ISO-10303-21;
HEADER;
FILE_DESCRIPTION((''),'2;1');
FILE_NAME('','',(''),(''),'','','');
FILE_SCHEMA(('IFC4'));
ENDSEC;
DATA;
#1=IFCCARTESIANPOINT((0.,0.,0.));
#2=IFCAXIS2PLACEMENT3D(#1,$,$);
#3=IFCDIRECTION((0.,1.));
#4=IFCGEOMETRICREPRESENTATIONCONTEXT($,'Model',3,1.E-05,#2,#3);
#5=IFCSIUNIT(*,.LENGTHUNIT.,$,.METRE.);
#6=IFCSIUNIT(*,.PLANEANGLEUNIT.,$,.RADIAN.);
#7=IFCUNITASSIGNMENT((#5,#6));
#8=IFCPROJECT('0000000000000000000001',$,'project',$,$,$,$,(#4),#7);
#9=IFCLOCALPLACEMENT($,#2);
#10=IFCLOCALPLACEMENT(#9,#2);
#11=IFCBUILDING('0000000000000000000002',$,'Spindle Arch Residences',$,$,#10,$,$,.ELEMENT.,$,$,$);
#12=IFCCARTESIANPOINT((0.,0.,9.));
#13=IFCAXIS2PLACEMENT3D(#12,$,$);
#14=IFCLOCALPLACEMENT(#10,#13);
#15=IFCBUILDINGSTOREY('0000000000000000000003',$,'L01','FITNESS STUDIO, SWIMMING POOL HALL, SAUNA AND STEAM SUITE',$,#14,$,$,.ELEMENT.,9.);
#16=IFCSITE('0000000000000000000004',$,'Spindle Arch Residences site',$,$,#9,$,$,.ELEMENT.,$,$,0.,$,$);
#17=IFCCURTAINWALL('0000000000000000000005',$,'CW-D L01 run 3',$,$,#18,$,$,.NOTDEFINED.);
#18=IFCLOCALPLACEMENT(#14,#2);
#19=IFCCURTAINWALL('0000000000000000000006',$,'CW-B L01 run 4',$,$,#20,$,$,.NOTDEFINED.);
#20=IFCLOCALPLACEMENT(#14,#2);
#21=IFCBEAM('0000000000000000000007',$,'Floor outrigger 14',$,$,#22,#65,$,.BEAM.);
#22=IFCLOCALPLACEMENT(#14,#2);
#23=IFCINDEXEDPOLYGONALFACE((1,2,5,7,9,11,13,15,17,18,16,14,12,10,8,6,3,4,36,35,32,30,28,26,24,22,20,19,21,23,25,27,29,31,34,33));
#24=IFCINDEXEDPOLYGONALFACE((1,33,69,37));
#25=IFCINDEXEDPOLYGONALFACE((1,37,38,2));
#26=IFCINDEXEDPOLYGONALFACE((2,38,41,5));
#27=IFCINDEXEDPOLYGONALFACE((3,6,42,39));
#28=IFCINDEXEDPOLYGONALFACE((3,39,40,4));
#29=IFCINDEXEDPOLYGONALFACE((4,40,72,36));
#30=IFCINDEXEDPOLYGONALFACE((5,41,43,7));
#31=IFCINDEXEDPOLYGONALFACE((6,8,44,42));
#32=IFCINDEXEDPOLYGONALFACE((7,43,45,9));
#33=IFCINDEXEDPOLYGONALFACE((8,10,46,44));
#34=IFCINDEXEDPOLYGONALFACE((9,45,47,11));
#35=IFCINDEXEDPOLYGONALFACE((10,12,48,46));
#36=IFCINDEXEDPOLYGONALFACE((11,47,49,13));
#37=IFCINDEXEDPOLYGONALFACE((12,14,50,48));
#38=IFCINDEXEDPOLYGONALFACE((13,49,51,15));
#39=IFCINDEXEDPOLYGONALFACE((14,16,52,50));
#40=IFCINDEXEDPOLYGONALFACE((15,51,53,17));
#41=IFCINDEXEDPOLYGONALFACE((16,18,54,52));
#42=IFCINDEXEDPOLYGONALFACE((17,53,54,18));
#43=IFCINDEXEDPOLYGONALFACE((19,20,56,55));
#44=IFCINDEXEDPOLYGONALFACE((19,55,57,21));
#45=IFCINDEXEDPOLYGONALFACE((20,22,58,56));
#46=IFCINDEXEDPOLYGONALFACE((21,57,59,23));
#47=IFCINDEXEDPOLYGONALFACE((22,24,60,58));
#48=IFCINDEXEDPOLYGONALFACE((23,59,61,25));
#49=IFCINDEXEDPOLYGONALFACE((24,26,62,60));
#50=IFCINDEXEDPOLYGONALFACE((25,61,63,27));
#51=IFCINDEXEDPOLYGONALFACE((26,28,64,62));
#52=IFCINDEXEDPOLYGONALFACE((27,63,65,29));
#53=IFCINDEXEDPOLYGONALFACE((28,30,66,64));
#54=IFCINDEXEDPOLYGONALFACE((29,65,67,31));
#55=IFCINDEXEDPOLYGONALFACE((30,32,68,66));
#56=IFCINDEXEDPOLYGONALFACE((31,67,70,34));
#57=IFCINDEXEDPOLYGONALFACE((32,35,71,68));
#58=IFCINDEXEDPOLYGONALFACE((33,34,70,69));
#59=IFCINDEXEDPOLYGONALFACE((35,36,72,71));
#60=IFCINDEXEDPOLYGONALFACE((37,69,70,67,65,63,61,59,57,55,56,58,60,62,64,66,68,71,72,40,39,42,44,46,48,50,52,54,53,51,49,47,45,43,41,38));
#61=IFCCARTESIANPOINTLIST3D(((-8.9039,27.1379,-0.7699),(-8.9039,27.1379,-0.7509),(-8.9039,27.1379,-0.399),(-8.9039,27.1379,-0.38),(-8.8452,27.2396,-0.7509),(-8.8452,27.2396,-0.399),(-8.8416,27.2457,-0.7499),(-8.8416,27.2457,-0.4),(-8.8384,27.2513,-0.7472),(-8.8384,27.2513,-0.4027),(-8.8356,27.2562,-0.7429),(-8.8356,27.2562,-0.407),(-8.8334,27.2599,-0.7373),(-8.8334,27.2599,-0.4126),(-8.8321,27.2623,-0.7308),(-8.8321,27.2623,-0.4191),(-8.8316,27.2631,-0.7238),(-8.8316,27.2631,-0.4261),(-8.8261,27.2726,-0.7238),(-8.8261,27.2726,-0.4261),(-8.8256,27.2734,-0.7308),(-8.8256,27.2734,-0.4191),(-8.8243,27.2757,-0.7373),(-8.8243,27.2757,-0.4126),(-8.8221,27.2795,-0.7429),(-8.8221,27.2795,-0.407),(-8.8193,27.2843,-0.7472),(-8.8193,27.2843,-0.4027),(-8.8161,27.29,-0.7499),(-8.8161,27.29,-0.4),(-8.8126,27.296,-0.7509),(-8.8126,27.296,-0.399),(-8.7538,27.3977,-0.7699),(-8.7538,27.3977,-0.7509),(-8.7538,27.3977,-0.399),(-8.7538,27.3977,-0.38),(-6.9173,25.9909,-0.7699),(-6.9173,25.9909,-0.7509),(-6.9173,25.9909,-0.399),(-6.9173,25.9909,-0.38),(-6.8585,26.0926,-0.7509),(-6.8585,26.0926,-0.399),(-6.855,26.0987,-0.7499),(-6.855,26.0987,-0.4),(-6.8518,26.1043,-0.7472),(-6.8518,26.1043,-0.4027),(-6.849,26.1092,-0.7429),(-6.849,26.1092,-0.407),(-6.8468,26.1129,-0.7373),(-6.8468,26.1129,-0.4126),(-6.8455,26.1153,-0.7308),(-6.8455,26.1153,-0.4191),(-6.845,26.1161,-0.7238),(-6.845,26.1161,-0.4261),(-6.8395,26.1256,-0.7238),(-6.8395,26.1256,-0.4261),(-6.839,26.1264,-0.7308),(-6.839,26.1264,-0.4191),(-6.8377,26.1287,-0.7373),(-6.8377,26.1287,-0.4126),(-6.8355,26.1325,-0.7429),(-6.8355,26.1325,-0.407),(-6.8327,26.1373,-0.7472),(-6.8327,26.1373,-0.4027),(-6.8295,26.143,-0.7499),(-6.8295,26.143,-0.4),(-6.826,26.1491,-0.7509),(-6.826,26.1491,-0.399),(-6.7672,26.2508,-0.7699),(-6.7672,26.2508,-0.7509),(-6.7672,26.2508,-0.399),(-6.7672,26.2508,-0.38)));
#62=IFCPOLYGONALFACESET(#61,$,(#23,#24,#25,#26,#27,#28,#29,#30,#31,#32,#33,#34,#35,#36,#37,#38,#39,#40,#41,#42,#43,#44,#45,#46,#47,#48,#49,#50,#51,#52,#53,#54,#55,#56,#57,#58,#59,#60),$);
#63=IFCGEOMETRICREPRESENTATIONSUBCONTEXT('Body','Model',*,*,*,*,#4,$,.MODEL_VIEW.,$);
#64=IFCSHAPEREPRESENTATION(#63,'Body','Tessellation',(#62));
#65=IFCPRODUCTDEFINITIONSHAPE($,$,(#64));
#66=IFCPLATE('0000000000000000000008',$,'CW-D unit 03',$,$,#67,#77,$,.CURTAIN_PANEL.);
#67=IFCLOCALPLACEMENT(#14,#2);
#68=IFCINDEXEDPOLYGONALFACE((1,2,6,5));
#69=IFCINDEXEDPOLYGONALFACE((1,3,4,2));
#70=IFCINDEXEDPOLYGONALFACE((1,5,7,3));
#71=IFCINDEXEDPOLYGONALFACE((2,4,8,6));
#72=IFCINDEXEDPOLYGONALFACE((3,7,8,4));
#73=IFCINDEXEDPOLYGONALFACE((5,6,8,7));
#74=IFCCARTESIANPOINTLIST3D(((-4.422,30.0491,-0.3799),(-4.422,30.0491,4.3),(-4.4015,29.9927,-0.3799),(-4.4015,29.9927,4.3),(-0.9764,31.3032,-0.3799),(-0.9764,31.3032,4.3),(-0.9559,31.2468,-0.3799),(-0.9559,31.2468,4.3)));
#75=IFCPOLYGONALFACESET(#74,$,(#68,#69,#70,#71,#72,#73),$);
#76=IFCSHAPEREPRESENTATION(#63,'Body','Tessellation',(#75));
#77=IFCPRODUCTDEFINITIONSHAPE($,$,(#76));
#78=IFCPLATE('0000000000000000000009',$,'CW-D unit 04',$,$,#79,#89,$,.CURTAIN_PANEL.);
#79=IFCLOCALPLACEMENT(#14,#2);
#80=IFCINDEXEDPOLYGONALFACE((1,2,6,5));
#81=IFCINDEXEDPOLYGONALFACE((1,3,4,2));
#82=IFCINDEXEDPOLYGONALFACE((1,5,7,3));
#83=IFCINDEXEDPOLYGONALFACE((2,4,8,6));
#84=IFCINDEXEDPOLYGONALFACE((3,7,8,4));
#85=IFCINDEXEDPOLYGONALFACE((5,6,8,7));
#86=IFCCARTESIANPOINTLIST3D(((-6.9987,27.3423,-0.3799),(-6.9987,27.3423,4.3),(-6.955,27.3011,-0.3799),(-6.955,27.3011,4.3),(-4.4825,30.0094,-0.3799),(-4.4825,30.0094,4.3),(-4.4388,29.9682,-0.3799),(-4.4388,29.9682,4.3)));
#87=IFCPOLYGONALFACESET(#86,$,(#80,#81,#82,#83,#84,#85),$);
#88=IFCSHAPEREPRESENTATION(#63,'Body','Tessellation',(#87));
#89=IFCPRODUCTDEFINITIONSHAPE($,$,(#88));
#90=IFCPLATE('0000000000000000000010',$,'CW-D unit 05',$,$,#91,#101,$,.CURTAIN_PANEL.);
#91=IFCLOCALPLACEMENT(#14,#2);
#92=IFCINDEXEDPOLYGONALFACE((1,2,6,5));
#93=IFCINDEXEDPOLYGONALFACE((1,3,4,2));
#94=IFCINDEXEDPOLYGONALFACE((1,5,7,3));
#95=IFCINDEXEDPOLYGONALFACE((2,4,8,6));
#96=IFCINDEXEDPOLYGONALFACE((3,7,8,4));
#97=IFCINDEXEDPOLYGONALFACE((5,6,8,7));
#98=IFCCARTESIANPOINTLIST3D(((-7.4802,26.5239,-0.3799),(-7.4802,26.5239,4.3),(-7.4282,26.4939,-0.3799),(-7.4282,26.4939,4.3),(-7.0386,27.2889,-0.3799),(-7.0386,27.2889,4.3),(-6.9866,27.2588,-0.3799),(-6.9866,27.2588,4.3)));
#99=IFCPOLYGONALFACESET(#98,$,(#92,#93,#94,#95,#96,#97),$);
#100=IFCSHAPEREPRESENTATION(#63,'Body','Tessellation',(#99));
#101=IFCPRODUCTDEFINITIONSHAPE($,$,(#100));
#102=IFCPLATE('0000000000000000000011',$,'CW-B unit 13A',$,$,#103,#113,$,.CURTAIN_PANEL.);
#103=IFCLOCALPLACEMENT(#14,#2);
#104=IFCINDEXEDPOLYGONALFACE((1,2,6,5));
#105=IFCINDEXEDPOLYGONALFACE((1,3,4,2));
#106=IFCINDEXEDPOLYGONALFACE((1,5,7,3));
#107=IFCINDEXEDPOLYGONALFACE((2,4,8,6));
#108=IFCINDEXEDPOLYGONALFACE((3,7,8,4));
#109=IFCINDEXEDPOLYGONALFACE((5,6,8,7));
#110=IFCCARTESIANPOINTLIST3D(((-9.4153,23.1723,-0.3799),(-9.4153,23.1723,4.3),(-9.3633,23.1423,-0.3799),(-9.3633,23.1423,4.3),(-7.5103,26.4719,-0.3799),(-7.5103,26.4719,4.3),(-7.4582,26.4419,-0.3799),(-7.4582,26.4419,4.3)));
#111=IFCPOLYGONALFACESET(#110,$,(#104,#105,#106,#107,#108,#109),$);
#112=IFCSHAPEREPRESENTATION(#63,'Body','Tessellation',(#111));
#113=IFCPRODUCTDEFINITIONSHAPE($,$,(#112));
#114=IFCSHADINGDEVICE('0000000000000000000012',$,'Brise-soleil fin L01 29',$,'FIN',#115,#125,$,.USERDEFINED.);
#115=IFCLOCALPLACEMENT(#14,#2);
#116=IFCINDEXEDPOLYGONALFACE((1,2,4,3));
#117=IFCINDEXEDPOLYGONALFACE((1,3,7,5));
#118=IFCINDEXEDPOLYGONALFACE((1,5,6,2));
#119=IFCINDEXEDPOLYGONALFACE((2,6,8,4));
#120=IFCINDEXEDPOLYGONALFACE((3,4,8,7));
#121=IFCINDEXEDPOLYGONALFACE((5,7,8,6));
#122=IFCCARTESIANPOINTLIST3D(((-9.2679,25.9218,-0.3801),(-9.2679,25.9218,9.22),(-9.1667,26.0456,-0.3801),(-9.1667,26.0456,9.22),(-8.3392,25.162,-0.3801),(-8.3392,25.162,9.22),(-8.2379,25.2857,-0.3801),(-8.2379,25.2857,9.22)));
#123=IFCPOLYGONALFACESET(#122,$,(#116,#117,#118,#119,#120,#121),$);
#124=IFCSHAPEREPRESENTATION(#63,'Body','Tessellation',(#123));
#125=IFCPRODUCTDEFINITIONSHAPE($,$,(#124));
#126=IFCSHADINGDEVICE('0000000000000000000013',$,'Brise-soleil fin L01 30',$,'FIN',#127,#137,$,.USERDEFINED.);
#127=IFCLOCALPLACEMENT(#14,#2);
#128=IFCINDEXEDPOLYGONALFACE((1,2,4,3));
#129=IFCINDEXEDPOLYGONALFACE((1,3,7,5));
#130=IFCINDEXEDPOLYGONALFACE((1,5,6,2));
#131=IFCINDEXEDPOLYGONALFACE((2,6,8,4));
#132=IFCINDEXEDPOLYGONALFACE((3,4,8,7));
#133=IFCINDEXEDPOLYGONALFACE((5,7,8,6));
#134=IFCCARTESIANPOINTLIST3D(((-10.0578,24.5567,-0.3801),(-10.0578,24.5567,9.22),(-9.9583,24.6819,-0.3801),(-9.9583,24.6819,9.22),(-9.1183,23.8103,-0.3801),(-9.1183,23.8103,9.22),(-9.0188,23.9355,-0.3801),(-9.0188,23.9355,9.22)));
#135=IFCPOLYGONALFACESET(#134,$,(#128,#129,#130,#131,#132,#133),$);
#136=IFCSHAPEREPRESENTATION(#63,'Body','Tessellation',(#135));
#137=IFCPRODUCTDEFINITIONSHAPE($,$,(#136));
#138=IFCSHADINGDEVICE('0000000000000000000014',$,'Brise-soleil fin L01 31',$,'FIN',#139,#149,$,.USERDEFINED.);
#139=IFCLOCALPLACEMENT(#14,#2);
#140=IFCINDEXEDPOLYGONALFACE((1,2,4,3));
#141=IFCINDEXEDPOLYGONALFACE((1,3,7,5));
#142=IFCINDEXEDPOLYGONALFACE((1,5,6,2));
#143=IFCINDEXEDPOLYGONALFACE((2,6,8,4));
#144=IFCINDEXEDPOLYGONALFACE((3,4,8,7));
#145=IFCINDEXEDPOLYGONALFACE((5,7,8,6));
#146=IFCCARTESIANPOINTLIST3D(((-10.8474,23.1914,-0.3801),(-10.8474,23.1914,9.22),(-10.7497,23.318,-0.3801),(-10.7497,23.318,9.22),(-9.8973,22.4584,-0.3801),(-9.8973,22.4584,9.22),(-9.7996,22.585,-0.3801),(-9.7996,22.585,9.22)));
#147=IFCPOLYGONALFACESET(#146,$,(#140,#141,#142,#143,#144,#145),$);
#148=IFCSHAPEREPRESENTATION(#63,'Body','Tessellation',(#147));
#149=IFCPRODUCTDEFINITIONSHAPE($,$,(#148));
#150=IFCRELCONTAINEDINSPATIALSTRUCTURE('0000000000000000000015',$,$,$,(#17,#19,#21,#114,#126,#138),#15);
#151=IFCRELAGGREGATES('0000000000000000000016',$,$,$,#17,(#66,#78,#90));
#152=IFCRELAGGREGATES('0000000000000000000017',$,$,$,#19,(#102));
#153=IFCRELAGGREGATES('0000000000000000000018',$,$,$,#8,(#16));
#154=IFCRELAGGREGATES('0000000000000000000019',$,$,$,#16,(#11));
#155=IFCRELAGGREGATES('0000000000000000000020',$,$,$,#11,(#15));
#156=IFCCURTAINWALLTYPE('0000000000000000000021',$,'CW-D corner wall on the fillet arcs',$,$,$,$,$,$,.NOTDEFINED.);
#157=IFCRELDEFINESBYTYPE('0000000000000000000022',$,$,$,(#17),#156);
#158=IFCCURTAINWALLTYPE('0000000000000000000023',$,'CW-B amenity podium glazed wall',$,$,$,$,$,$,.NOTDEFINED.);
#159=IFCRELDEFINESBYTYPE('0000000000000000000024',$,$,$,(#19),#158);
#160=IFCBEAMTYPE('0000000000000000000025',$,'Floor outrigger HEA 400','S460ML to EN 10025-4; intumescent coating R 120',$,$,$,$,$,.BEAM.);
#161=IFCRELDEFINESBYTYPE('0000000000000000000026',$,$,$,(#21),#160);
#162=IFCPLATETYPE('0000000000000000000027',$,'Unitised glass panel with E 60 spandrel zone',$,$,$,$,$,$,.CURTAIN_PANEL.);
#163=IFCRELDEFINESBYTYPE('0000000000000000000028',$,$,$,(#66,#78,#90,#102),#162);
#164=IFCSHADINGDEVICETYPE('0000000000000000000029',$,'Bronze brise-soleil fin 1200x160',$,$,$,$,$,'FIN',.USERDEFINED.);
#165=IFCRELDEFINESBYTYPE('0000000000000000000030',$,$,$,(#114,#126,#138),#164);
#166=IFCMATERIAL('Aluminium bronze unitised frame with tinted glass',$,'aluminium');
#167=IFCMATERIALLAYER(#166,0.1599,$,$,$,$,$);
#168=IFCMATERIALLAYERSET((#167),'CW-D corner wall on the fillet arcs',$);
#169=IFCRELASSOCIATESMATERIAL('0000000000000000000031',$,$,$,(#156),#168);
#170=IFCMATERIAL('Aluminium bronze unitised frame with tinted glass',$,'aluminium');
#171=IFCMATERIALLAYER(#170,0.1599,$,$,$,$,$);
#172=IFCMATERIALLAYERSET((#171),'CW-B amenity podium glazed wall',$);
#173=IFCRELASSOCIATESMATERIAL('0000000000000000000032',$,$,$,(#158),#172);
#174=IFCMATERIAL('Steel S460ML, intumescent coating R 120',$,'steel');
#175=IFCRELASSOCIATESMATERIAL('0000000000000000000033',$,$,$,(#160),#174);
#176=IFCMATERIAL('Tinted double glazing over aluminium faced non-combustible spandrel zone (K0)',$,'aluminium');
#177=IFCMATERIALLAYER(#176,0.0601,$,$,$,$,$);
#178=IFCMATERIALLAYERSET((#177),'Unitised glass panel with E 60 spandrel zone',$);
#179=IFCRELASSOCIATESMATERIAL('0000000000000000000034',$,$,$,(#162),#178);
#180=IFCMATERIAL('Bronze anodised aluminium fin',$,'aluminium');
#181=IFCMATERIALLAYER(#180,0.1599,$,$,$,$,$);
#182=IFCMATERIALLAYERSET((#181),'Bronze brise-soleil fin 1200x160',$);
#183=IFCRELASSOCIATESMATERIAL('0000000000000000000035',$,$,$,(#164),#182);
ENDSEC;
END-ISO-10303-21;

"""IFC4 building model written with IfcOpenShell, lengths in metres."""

from ifc_helpers import new_model, si_unit, direction, frame, origin, origin_2d, place, context, subcontext, project, spatial, rectangle, i_section, extrude, material, layer, layer_set, material_profile, profile_set, type_object, element, aggregate, save


model = new_model("IFC4")

# Units and contexts
model_context = context("Model", 3, precision=1e-05, world=origin(), true_north=direction((0.0, 1.0)))
body_context = subcontext(model_context, "Body", "Model", "MODEL_VIEW")
ifc_project = project(units=[si_unit("LENGTHUNIT", "METRE"), si_unit("PLANEANGLEUNIT", "RADIAN")], contexts=[model_context])

# Site, building, storey
site_placement = place(None, origin())
site = spatial("IfcSite", under=ifc_project, at=site_placement, Name="Spindle Arch Residences site", CompositionType="ELEMENT", RefElevation=0.0)
building_placement = place(site_placement, origin())
building = spatial("IfcBuilding", under=site, at=building_placement, Name="Spindle Arch Residences", CompositionType="ELEMENT")
storey_placement = place(building_placement, frame((0.0, 0.0, 9.0)))
storey = spatial("IfcBuildingStorey", under=building, at=storey_placement, Name="L01", Description="FITNESS STUDIO, SWIMMING POOL HALL, SAUNA AND STEAM SUITE", CompositionType="ELEMENT", Elevation=9.0)

# Curtain wall
ifc_material_1 = material(Name="Aluminium bronze unitised frame with tinted glass", Category="aluminium")
ifc_layer_1 = layer(ifc_material_1, 0.1599)
ifc_layer_set_1 = layer_set([ifc_layer_1], Name="CW-D corner wall on the fillet arcs")
curtain_wall_type_1 = type_object("IfcCurtainWallType", Name="CW-D corner wall on the fillet arcs", PredefinedType="NOTDEFINED", material=ifc_layer_set_1)
curtain_wall_1_placement = place(storey_placement, origin())
curtain_wall_1 = element("IfcCurtainWall", 1, at=curtain_wall_1_placement, inside=storey, type_object=curtain_wall_type_1, Name="CW-D L01 run 3", PredefinedType="NOTDEFINED")

# Curtain wall
ifc_material_2 = material(Name="Aluminium bronze unitised frame with tinted glass", Category="aluminium")
ifc_layer_2 = layer(ifc_material_2, 0.1599)
ifc_layer_set_2 = layer_set([ifc_layer_2], Name="CW-B amenity podium glazed wall")
curtain_wall_type_2 = type_object("IfcCurtainWallType", Name="CW-B amenity podium glazed wall", PredefinedType="NOTDEFINED", material=ifc_layer_set_2)
curtain_wall_2_placement = place(storey_placement, origin())
curtain_wall_2 = element("IfcCurtainWall", 2, at=curtain_wall_2_placement, inside=storey, type_object=curtain_wall_type_2, Name="CW-B L01 run 4", PredefinedType="NOTDEFINED")

# Beam
ifc_material_3 = material(Name="Steel S460ML, intumescent coating R 120", Category="steel")
ifc_material_profile_1 = material_profile(ifc_material_3, i_section(OverallWidth=0.3, OverallDepth=0.3899, WebThickness=0.011, FlangeThickness=0.019, FilletRadius=0.0271, at=origin_2d()), Name="HEA 400")
ifc_profile_set_1 = profile_set([ifc_material_profile_1], Name="Steel S460ML, intumescent coating R 120")
beam_type_1 = type_object("IfcBeamType", Name="Floor outrigger HEA 400", Description="S460ML to EN 10025-4; intumescent coating R 120", PredefinedType="BEAM", material=ifc_profile_set_1)
beam_1_placement = place(storey_placement, frame((-8.8289, 27.2678, -0.575), z_axis=(0.866021, -0.500008, 0.0), x_axis=(0.500008, 0.866021, 0.0)))
element("IfcBeam", 3, at=beam_1_placement, inside=storey, type_object=beam_type_1, Name="Floor outrigger 14", PredefinedType="BEAM", context=body_context, shape_type="SweptSolid", body=[
    extrude(i_section(OverallWidth=0.3, OverallDepth=0.3899, WebThickness=0.011, FlangeThickness=0.019, FilletRadius=0.0271, at=origin_2d()), origin(), (0.0, 0.0, 1.0), 2.2939),
])

# Plates
ifc_material_4 = material(Name="Tinted double glazing over aluminium faced non-combustible spandrel zone (K0)", Category="aluminium")
ifc_layer_3 = layer(ifc_material_4, 0.0601)
ifc_layer_set_3 = layer_set([ifc_layer_3], Name="Unitised glass panel with E 60 spandrel zone")
plate_type = type_object("IfcPlateType", Name="Unitised glass panel with E 60 spandrel zone", PredefinedType="CURTAIN_PANEL", material=ifc_layer_set_3)
plate_1_placement = place(storey_placement, frame((-2.689, 30.6479, -0.3799), z_axis=(0.0, 0.0, 1.0), x_axis=(-0.939693, -0.34202, 0.0)))
plate_1 = element("IfcPlate", 4, at=plate_1_placement, type_object=plate_type, Name="CW-D unit 03", PredefinedType="CURTAIN_PANEL", context=body_context, shape_type="SweptSolid", body=[
    extrude(rectangle(XDim=3.6667, YDim=0.0601, at=origin_2d()), origin(), (0.0, 0.0, 1.0), 4.6799),
])
plate_2_placement = place(storey_placement, frame((-5.7188, 28.6553, -0.3799), z_axis=(0.0, 0.0, 1.0), x_axis=(-0.686242, -0.727374, 0.0)))
plate_2 = element("IfcPlate", 5, at=plate_2_placement, type_object=plate_type, Name="CW-D unit 04", PredefinedType="CURTAIN_PANEL", context=body_context, shape_type="SweptSolid", body=[
    extrude(rectangle(XDim=3.6667, YDim=0.0601, at=origin_2d()), origin(), (0.0, 0.0, 1.0), 4.6799),
])
plate_3_placement = place(storey_placement, frame((-7.2334, 26.8914, -0.3799), z_axis=(0.0, 0.0, 1.0), x_axis=(-0.5, -0.866025, 0.0)))
plate_3 = element("IfcPlate", 6, at=plate_3_placement, type_object=plate_type, Name="CW-D unit 05", PredefinedType="CURTAIN_PANEL", context=body_context, shape_type="SweptSolid", body=[
    extrude(rectangle(XDim=0.8833, YDim=0.0601, at=origin_2d()), origin(), (0.0, 0.0, 1.0), 4.6799),
])
aggregate(curtain_wall_1, [plate_1, plate_2, plate_3])
plate_4_placement = place(storey_placement, frame((-8.4368, 24.8071, -0.3799), z_axis=(0.0, 0.0, 1.0), x_axis=(-0.5, -0.866025, 0.0)))
plate_4 = element("IfcPlate", 7, at=plate_4_placement, type_object=plate_type, Name="CW-B unit 13A", PredefinedType="CURTAIN_PANEL", context=body_context, shape_type="SweptSolid", body=[
    extrude(rectangle(XDim=3.8101, YDim=0.0601, at=origin_2d()), origin(), (0.0, 0.0, 1.0), 4.6799),
])
aggregate(curtain_wall_2, [plate_4])

# Shading devices
ifc_material_5 = material(Name="Bronze anodised aluminium fin", Category="aluminium")
ifc_layer_4 = layer(ifc_material_5, 0.1599)
ifc_layer_set_4 = layer_set([ifc_layer_4], Name="Bronze brise-soleil fin 1200x160")
shading_device_type = type_object("IfcShadingDeviceType", Name="Bronze brise-soleil fin 1200x160", ElementType="FIN", PredefinedType="USERDEFINED", material=ifc_layer_set_4)
for number, where, z_axis, x_axis, name in (
    (8, (-8.7529, 25.6038, -0.3801), (0.0, 0.0, 1.0), (-0.773979, 0.633211, 0.0), "Brise-soleil fin L01 29"),
    (9, (-9.5383, 24.2461, -0.3801), (0.0, 0.0, 1.0), (-0.782946, 0.622089, 0.0), "Brise-soleil fin L01 30"),
    (10, (-10.3235, 22.8882, -0.3801), (0.0, 0.0, 1.0), (-0.791754, 0.610841, 0.0), "Brise-soleil fin L01 31"),
):
    element("IfcShadingDevice", number, at=place(storey_placement, frame(where, z_axis=z_axis, x_axis=x_axis)), inside=storey, type_object=shading_device_type, Name=name, ObjectType="FIN", PredefinedType="USERDEFINED", context=body_context, shape_type="SweptSolid", body=[
        extrude(rectangle(XDim=1.2, YDim=0.1599, at=origin_2d()), origin(), (0.0, 0.0, 1.0), 9.6001),
    ])

save(model, "model.ifc")
